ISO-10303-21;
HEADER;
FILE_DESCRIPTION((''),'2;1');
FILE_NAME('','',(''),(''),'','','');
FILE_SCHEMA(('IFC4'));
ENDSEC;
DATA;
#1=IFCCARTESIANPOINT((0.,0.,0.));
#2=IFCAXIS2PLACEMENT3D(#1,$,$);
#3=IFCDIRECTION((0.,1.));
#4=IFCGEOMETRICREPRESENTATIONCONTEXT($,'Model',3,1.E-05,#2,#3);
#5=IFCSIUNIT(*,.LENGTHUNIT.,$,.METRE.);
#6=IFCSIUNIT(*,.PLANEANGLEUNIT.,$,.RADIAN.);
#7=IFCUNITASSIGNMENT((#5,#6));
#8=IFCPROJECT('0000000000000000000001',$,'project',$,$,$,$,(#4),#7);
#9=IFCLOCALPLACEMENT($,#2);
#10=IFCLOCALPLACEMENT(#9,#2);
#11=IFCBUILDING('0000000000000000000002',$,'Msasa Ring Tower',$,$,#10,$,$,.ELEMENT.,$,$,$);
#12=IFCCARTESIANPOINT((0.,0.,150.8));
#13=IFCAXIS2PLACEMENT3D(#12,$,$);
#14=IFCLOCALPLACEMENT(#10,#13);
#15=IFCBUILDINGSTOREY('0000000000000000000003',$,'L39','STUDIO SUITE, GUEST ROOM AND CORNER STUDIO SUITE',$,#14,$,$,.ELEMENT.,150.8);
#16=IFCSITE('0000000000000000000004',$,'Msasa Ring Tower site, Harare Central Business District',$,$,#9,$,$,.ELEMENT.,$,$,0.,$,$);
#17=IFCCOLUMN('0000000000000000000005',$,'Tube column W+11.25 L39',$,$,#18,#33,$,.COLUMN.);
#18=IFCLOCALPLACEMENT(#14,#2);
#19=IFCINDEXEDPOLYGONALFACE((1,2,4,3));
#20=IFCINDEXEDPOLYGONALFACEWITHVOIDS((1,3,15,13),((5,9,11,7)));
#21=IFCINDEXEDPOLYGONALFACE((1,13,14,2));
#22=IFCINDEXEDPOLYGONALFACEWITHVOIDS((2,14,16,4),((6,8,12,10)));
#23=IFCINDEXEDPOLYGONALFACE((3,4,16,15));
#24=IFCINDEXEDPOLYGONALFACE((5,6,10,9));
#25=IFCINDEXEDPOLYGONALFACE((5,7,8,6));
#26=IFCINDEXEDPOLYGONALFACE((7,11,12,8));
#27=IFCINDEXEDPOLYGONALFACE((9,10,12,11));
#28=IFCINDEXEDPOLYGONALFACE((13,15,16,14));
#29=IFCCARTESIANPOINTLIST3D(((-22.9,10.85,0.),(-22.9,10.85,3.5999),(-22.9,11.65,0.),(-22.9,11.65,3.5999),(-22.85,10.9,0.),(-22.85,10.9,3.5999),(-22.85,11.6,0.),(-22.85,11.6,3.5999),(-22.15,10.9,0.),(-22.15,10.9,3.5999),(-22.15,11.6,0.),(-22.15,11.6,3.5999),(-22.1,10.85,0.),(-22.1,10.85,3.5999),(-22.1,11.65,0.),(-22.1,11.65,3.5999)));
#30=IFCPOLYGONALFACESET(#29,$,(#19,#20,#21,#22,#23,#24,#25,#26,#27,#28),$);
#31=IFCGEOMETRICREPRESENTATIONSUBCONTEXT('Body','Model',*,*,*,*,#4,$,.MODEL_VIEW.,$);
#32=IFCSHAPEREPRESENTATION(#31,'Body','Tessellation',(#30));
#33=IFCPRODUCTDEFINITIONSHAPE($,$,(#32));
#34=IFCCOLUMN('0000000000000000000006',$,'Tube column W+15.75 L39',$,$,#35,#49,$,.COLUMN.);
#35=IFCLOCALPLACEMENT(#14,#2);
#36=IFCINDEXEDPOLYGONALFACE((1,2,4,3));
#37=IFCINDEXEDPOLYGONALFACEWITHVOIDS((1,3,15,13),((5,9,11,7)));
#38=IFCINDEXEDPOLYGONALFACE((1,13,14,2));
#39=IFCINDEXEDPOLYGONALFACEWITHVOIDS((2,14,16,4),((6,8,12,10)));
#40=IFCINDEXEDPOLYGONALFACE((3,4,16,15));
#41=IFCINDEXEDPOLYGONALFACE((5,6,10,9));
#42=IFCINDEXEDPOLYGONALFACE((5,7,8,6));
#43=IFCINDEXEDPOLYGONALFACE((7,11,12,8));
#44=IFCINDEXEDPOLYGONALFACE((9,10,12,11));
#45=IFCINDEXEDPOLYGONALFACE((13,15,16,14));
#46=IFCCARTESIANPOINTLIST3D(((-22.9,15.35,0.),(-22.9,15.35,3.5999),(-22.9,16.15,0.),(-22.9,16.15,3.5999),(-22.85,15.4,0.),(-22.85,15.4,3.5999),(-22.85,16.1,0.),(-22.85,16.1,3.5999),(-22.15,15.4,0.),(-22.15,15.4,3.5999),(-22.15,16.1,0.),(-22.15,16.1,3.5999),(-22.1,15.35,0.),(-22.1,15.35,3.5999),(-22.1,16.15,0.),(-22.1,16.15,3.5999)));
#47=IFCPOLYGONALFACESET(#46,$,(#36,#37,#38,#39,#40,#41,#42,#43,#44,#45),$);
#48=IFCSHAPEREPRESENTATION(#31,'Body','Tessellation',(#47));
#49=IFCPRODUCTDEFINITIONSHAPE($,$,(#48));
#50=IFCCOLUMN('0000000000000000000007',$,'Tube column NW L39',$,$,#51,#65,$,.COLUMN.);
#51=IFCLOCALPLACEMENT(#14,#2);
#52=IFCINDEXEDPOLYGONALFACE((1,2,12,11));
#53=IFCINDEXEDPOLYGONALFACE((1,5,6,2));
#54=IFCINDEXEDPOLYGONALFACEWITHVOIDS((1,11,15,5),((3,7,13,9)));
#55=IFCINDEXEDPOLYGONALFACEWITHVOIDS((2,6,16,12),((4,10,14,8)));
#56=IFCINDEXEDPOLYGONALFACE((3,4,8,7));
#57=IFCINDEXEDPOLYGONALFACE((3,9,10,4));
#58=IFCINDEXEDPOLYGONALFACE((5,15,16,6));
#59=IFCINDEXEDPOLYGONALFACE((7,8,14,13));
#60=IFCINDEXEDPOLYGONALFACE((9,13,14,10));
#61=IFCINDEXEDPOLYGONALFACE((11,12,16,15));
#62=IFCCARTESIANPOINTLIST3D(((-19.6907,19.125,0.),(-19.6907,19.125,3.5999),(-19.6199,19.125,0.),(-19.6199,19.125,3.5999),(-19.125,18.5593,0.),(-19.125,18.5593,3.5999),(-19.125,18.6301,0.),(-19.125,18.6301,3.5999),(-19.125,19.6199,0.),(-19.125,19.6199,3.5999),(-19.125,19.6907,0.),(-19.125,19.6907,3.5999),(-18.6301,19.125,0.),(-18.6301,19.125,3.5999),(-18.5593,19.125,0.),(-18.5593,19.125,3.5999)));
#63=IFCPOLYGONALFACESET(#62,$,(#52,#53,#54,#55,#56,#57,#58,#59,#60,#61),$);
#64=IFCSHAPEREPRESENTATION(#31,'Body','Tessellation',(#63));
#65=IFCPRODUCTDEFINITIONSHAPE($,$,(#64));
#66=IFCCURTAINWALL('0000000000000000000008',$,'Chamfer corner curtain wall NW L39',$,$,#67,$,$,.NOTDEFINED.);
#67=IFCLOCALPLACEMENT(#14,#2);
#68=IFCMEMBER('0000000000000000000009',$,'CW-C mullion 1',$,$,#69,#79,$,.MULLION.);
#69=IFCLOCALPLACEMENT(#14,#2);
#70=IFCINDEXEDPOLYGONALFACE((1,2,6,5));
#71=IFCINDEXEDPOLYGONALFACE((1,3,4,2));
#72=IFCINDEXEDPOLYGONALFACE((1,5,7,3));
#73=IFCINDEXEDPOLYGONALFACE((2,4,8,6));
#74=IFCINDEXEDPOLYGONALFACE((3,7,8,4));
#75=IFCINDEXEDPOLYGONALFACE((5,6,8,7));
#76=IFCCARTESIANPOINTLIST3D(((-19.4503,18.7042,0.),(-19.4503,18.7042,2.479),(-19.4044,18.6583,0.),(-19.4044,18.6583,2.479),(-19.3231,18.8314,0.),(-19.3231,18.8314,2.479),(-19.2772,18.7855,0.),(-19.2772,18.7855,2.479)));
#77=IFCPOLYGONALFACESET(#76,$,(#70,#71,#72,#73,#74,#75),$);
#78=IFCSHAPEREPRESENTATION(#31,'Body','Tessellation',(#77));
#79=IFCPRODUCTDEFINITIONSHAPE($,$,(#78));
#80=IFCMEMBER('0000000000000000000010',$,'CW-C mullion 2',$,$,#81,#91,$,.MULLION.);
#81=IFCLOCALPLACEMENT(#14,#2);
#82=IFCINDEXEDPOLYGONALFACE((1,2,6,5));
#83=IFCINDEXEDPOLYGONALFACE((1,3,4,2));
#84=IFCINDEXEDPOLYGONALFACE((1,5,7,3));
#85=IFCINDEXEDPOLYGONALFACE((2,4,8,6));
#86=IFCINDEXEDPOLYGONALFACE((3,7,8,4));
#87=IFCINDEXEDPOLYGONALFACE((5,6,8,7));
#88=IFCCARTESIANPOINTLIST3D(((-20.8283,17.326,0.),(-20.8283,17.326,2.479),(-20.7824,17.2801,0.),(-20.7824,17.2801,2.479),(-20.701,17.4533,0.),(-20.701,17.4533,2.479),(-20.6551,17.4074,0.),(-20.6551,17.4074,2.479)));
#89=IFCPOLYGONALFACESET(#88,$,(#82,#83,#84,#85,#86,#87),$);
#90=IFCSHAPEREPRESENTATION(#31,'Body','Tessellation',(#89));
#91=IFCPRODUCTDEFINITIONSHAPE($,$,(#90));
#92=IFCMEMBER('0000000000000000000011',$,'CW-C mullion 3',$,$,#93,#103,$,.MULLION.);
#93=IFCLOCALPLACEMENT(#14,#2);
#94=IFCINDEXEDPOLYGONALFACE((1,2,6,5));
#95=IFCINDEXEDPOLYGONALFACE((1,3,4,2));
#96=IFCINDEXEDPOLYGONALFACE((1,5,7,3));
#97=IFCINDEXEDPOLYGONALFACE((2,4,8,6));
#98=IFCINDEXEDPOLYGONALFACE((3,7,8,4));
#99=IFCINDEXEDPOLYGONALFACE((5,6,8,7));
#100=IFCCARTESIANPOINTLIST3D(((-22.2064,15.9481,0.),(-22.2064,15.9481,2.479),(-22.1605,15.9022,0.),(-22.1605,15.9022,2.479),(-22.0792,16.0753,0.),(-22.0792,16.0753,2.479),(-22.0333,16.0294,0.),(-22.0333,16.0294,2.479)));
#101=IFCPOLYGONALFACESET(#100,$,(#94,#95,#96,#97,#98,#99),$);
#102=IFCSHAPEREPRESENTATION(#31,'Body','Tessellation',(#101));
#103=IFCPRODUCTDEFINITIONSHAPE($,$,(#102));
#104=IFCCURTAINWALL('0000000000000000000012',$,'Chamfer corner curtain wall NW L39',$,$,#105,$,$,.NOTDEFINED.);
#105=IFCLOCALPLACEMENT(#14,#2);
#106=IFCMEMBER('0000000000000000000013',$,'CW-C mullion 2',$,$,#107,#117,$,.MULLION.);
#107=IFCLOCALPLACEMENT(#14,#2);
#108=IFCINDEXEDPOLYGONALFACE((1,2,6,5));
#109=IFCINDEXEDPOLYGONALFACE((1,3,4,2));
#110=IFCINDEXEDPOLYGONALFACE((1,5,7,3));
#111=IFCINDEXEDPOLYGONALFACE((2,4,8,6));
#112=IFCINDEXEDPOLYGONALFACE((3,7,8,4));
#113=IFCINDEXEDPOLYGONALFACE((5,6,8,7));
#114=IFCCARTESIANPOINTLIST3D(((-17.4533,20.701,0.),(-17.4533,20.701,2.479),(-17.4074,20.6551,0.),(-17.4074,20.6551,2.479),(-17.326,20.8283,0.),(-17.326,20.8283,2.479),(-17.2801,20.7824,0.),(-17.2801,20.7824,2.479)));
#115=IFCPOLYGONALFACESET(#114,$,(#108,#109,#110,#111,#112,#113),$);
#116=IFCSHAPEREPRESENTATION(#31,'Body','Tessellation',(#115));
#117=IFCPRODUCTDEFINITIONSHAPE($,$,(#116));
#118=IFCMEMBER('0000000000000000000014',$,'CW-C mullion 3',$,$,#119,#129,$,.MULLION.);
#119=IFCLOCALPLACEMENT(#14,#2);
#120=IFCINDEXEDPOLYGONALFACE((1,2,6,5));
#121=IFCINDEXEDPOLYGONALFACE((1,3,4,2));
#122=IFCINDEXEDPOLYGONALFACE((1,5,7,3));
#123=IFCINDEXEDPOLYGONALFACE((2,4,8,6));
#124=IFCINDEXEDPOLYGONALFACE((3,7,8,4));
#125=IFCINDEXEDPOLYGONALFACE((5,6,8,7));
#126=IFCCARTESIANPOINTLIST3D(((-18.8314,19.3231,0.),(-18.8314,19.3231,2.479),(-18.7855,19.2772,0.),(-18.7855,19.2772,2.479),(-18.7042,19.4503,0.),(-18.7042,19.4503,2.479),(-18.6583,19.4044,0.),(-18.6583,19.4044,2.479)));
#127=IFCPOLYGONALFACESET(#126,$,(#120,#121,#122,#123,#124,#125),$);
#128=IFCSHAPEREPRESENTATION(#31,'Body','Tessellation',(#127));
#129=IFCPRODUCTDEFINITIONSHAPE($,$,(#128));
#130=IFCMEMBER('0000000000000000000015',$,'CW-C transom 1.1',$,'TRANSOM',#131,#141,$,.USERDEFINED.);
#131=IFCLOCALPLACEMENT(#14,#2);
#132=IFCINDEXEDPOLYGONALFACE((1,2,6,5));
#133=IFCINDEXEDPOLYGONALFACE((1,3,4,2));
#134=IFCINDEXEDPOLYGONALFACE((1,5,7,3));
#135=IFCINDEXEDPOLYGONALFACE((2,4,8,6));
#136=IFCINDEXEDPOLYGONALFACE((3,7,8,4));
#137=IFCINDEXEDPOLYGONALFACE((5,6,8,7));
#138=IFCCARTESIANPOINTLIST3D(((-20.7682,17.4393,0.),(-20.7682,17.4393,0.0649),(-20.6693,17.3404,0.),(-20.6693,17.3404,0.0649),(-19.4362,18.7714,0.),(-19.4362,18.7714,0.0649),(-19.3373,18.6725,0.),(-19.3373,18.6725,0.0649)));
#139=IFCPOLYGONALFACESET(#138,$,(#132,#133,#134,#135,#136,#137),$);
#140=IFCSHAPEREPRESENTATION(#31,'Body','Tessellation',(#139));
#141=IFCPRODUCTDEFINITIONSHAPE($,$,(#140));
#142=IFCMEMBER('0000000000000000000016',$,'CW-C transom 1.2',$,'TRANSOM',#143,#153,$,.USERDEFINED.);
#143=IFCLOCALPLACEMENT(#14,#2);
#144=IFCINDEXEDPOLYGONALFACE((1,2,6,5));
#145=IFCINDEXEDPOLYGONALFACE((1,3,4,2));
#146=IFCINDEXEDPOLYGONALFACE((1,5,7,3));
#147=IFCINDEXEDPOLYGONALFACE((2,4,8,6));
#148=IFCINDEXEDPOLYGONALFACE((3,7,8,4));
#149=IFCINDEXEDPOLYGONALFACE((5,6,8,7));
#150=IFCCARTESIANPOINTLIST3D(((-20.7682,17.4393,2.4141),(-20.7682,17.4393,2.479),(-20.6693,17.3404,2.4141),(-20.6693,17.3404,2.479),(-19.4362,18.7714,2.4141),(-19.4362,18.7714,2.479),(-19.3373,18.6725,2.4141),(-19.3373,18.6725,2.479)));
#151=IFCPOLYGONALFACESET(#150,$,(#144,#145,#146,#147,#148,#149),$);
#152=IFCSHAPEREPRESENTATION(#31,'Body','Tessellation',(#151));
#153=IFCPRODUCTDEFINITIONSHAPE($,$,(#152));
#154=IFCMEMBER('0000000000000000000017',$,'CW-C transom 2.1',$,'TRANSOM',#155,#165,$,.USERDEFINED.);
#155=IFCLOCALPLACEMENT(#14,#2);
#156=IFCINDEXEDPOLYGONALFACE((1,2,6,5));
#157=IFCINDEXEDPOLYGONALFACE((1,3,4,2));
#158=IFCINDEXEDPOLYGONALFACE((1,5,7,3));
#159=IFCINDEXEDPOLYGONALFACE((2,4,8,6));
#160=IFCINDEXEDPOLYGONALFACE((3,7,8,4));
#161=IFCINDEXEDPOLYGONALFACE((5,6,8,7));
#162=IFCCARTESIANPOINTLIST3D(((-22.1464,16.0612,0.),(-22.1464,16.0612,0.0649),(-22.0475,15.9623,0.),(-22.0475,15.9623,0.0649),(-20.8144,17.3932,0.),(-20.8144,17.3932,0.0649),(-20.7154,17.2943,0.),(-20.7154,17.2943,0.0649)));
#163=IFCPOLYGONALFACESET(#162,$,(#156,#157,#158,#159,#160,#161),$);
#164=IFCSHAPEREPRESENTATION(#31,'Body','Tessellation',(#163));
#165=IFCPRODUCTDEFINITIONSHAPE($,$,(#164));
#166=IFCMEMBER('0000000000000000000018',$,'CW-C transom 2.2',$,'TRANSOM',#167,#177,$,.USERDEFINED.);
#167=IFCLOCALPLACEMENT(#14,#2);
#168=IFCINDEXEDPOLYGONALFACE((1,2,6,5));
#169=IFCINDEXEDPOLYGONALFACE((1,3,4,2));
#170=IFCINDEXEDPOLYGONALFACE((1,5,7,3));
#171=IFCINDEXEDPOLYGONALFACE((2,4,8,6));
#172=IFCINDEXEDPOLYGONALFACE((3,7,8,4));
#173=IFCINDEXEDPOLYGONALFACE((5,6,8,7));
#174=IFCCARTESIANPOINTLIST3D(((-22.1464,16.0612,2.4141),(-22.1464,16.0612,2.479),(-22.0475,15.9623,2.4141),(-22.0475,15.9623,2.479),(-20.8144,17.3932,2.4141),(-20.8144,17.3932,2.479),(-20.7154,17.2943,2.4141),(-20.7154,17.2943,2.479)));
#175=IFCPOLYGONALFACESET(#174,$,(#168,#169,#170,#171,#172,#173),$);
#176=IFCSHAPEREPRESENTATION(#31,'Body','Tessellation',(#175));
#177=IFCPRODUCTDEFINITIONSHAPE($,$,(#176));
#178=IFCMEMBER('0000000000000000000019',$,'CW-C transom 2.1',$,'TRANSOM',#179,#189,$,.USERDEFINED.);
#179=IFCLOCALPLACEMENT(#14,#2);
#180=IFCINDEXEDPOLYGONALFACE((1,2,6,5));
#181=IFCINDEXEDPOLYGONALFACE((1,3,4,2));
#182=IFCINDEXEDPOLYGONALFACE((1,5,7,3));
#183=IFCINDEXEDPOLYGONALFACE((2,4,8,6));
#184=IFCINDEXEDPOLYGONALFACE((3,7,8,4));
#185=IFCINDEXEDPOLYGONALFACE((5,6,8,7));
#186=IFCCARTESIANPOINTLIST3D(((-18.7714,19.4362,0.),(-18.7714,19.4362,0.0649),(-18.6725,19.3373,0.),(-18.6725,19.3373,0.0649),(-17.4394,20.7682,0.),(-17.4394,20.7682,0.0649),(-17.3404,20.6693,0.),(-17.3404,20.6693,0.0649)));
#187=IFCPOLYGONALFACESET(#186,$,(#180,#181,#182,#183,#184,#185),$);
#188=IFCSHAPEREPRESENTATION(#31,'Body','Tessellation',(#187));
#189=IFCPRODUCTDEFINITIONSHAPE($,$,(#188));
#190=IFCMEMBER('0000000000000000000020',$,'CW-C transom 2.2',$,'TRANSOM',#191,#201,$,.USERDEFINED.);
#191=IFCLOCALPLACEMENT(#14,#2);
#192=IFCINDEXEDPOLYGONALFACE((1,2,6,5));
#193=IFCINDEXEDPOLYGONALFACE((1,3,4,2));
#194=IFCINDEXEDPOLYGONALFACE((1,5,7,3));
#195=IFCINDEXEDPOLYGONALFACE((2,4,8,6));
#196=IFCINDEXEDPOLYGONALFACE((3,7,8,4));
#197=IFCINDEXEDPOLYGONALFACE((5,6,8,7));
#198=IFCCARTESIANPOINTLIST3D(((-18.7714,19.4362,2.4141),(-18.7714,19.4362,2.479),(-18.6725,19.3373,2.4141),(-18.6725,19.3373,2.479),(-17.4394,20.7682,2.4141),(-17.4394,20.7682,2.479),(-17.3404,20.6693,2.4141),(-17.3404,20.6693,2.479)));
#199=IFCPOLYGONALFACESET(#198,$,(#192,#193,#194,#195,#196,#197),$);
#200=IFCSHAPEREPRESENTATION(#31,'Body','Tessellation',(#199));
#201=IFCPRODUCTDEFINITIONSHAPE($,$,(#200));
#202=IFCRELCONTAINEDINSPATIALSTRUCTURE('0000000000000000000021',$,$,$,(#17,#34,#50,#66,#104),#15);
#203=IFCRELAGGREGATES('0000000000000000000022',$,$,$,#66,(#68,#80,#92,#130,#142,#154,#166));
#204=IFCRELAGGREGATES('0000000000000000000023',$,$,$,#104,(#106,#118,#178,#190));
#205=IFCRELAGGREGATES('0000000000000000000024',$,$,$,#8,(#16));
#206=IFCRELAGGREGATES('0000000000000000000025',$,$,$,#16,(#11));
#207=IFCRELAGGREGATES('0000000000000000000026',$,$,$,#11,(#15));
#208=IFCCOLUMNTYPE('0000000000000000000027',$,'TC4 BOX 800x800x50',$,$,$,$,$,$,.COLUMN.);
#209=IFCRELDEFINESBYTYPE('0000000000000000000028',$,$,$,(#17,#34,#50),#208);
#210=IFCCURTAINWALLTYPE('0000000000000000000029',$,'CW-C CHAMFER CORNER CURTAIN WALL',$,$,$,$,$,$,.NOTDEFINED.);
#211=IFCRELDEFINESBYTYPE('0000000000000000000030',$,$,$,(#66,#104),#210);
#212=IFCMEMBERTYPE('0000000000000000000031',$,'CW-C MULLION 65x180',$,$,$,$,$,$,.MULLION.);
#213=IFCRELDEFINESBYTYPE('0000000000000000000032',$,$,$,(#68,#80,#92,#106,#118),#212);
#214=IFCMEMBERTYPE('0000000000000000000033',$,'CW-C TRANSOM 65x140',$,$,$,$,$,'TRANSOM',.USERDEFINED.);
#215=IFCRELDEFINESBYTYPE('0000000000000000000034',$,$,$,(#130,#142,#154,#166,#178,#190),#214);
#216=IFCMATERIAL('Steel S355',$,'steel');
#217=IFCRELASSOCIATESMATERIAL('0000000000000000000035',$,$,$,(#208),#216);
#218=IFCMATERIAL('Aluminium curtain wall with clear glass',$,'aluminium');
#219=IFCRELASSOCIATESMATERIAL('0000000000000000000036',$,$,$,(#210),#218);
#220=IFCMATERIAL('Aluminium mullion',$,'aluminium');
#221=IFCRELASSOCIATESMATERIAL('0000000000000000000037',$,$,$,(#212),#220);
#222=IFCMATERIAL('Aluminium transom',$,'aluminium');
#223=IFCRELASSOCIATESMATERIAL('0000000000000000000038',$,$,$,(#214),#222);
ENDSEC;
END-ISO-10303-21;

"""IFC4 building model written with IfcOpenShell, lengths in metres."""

from ifc_helpers import new_model, si_unit, direction, frame, origin, origin_2d, place, context, subcontext, project, spatial, rectangle, hollow_rectangle, extrude, material, material_profile, profile_set, type_object, element, aggregate, save


model = new_model("IFC4")

# Units and contexts
model_context = context("Model", 3, precision=1e-05, world=origin(), true_north=direction((0.0, 1.0)))
body_context = subcontext(model_context, "Body", "Model", "MODEL_VIEW")
ifc_project = project(units=[si_unit("LENGTHUNIT", "METRE"), si_unit("PLANEANGLEUNIT", "RADIAN")], contexts=[model_context])

# Site, building, storey
site_placement = place(None, origin())
site = spatial("IfcSite", under=ifc_project, at=site_placement, Name="Msasa Ring Tower site, Harare Central Business District", CompositionType="ELEMENT", RefElevation=0.0)
building_placement = place(site_placement, origin())
building = spatial("IfcBuilding", under=site, at=building_placement, Name="Msasa Ring Tower", CompositionType="ELEMENT")
storey_placement = place(building_placement, frame((0.0, 0.0, 150.8)))
storey = spatial("IfcBuildingStorey", under=building, at=storey_placement, Name="L39", Description="STUDIO SUITE, GUEST ROOM AND CORNER STUDIO SUITE", CompositionType="ELEMENT", Elevation=150.8)

# Columns
ifc_material_1 = material(Name="Steel S355", Category="steel")
ifc_material_profile_1 = material_profile(ifc_material_1, hollow_rectangle(XDim=0.8, YDim=0.8, WallThickness=0.05, at=origin_2d()), Name="BOX 800x800x50")
ifc_profile_set_1 = profile_set([ifc_material_profile_1], Name="Steel S355")
column_type = type_object("IfcColumnType", Name="TC4 BOX 800x800x50", PredefinedType="COLUMN", material=ifc_profile_set_1)
for number, where, z_axis, x_axis, name in (
    (1, (-22.5, 11.25, 0.0), (0.0, 0.0, 1.0), (1.0, 0.0, 0.0), "Tube column W+11.25 L39"),
    (2, (-22.5, 15.75, 0.0), (0.0, 0.0, 1.0), (1.0, 0.0, 0.0), "Tube column W+15.75 L39"),
    (3, (-19.125, 19.125, 0.0), (0.0, 0.0, 1.0), (0.707107, -0.707107, 0.0), "Tube column NW L39"),
):
    element("IfcColumn", number, at=place(storey_placement, frame(where, z_axis=z_axis, x_axis=x_axis)), inside=storey, type_object=column_type, Name=name, PredefinedType="COLUMN", context=body_context, shape_type="SweptSolid", body=[
        extrude(hollow_rectangle(XDim=0.8, YDim=0.8, WallThickness=0.05, at=origin_2d()), origin(), (0.0, 0.0, 1.0), 3.5999),
    ])

# Curtain walls, members
ifc_material_2 = material(Name="Aluminium curtain wall with clear glass", Category="aluminium")
curtain_wall_type = type_object("IfcCurtainWallType", Name="CW-C CHAMFER CORNER CURTAIN WALL", PredefinedType="NOTDEFINED", material=ifc_material_2)
curtain_wall_1_placement = place(storey_placement, origin())
curtain_wall_1 = element("IfcCurtainWall", 4, at=curtain_wall_1_placement, inside=storey, type_object=curtain_wall_type, Name="Chamfer corner curtain wall NW L39", PredefinedType="NOTDEFINED")
ifc_material_3 = material(Name="Aluminium mullion", Category="aluminium")
ifc_material_profile_2 = material_profile(ifc_material_3, rectangle(XDim=0.0649, YDim=0.1799, at=origin_2d()), Name="AL 65x180")
ifc_profile_set_2 = profile_set([ifc_material_profile_2], Name="Aluminium mullion")
member_type_1 = type_object("IfcMemberType", Name="CW-C MULLION 65x180", PredefinedType="MULLION", material=ifc_profile_set_2)
member_1_placement = place(storey_placement, frame((-19.3638, 18.7449, 0.0), z_axis=(0.0, 0.0, 1.0), x_axis=(0.707107, -0.707107, 0.0)))
member_1 = element("IfcMember", 5, at=member_1_placement, type_object=member_type_1, Name="CW-C mullion 1", PredefinedType="MULLION", context=body_context, shape_type="SweptSolid", body=[
    extrude(rectangle(XDim=0.0649, YDim=0.1799, at=origin_2d()), origin(), (0.0, 0.0, 1.0), 2.479),
])
member_2_placement = place(storey_placement, frame((-20.7417, 17.3667, 0.0), z_axis=(0.0, 0.0, 1.0), x_axis=(0.707107, -0.707107, 0.0)))
member_2 = element("IfcMember", 6, at=member_2_placement, type_object=member_type_1, Name="CW-C mullion 2", PredefinedType="MULLION", context=body_context, shape_type="SweptSolid", body=[
    extrude(rectangle(XDim=0.0649, YDim=0.1799, at=origin_2d()), origin(), (0.0, 0.0, 1.0), 2.479),
])
member_3_placement = place(storey_placement, frame((-22.1199, 15.9888, 0.0), z_axis=(0.0, 0.0, 1.0), x_axis=(0.707107, -0.707107, 0.0)))
member_3 = element("IfcMember", 7, at=member_3_placement, type_object=member_type_1, Name="CW-C mullion 3", PredefinedType="MULLION", context=body_context, shape_type="SweptSolid", body=[
    extrude(rectangle(XDim=0.0649, YDim=0.1799, at=origin_2d()), origin(), (0.0, 0.0, 1.0), 2.479),
])
curtain_wall_2_placement = place(storey_placement, origin())
curtain_wall_2 = element("IfcCurtainWall", 8, at=curtain_wall_2_placement, inside=storey, type_object=curtain_wall_type, Name="Chamfer corner curtain wall NW L39", PredefinedType="NOTDEFINED")
member_4_placement = place(storey_placement, frame((-17.3667, 20.7417, 0.0), z_axis=(0.0, 0.0, 1.0), x_axis=(0.707107, -0.707107, 0.0)))
member_4 = element("IfcMember", 9, at=member_4_placement, type_object=member_type_1, Name="CW-C mullion 2", PredefinedType="MULLION", context=body_context, shape_type="SweptSolid", body=[
    extrude(rectangle(XDim=0.0649, YDim=0.1799, at=origin_2d()), origin(), (0.0, 0.0, 1.0), 2.479),
])
member_5_placement = place(storey_placement, frame((-18.7449, 19.3638, 0.0), z_axis=(0.0, 0.0, 1.0), x_axis=(0.707107, -0.707107, 0.0)))
member_5 = element("IfcMember", 10, at=member_5_placement, type_object=member_type_1, Name="CW-C mullion 3", PredefinedType="MULLION", context=body_context, shape_type="SweptSolid", body=[
    extrude(rectangle(XDim=0.0649, YDim=0.1799, at=origin_2d()), origin(), (0.0, 0.0, 1.0), 2.479),
])

# Members
ifc_material_4 = material(Name="Aluminium transom", Category="aluminium")
ifc_material_profile_3 = material_profile(ifc_material_4, rectangle(XDim=0.1399, YDim=0.0649, at=origin_2d()), Name="AL 65x140")
ifc_profile_set_3 = profile_set([ifc_material_profile_3], Name="Aluminium transom")
member_type_2 = type_object("IfcMemberType", Name="CW-C TRANSOM 65x140", ElementType="TRANSOM", PredefinedType="USERDEFINED", material=ifc_profile_set_3)
member_6_placement = place(storey_placement, frame((-19.3867, 18.7219, 0.0325), z_axis=(-0.707107, -0.707107, 0.0), x_axis=(0.707107, -0.707107, 0.0)))
member_6 = element("IfcMember", 11, at=member_6_placement, type_object=member_type_2, Name="CW-C transom 1.1", ObjectType="TRANSOM", PredefinedType="USERDEFINED", context=body_context, shape_type="SweptSolid", body=[
    extrude(rectangle(XDim=0.1399, YDim=0.0649, at=origin_2d()), origin(), (0.0, 0.0, 1.0), 1.8838),
])
member_7_placement = place(storey_placement, frame((-19.3867, 18.7219, 2.4465), z_axis=(-0.707107, -0.707107, 0.0), x_axis=(0.707107, -0.707107, 0.0)))
member_7 = element("IfcMember", 12, at=member_7_placement, type_object=member_type_2, Name="CW-C transom 1.2", ObjectType="TRANSOM", PredefinedType="USERDEFINED", context=body_context, shape_type="SweptSolid", body=[
    extrude(rectangle(XDim=0.1399, YDim=0.0649, at=origin_2d()), origin(), (0.0, 0.0, 1.0), 1.8838),
])
member_8_placement = place(storey_placement, frame((-20.7649, 17.3438, 0.0325), z_axis=(-0.707107, -0.707107, 0.0), x_axis=(0.707107, -0.707107, 0.0)))
member_8 = element("IfcMember", 13, at=member_8_placement, type_object=member_type_2, Name="CW-C transom 2.1", ObjectType="TRANSOM", PredefinedType="USERDEFINED", context=body_context, shape_type="SweptSolid", body=[
    extrude(rectangle(XDim=0.1399, YDim=0.0649, at=origin_2d()), origin(), (0.0, 0.0, 1.0), 1.8838),
])
member_9_placement = place(storey_placement, frame((-20.7649, 17.3438, 2.4465), z_axis=(-0.707107, -0.707107, 0.0), x_axis=(0.707107, -0.707107, 0.0)))
member_9 = element("IfcMember", 14, at=member_9_placement, type_object=member_type_2, Name="CW-C transom 2.2", ObjectType="TRANSOM", PredefinedType="USERDEFINED", context=body_context, shape_type="SweptSolid", body=[
    extrude(rectangle(XDim=0.1399, YDim=0.0649, at=origin_2d()), origin(), (0.0, 0.0, 1.0), 1.8838),
])
member_10_placement = place(storey_placement, frame((-17.3899, 20.7188, 0.0325), z_axis=(-0.707107, -0.707107, 0.0), x_axis=(0.707107, -0.707107, 0.0)))
member_10 = element("IfcMember", 15, at=member_10_placement, type_object=member_type_2, Name="CW-C transom 2.1", ObjectType="TRANSOM", PredefinedType="USERDEFINED", context=body_context, shape_type="SweptSolid", body=[
    extrude(rectangle(XDim=0.1399, YDim=0.0649, at=origin_2d()), origin(), (0.0, 0.0, 1.0), 1.8838),
])
member_11_placement = place(storey_placement, frame((-17.3899, 20.7188, 2.4465), z_axis=(-0.707107, -0.707107, 0.0), x_axis=(0.707107, -0.707107, 0.0)))
member_11 = element("IfcMember", 16, at=member_11_placement, type_object=member_type_2, Name="CW-C transom 2.2", ObjectType="TRANSOM", PredefinedType="USERDEFINED", context=body_context, shape_type="SweptSolid", body=[
    extrude(rectangle(XDim=0.1399, YDim=0.0649, at=origin_2d()), origin(), (0.0, 0.0, 1.0), 1.8838),
])

aggregate(curtain_wall_1, [member_1, member_2, member_3, member_6, member_7, member_8, member_9])
aggregate(curtain_wall_2, [member_4, member_5, member_10, member_11])

save(model, "model.ifc")
